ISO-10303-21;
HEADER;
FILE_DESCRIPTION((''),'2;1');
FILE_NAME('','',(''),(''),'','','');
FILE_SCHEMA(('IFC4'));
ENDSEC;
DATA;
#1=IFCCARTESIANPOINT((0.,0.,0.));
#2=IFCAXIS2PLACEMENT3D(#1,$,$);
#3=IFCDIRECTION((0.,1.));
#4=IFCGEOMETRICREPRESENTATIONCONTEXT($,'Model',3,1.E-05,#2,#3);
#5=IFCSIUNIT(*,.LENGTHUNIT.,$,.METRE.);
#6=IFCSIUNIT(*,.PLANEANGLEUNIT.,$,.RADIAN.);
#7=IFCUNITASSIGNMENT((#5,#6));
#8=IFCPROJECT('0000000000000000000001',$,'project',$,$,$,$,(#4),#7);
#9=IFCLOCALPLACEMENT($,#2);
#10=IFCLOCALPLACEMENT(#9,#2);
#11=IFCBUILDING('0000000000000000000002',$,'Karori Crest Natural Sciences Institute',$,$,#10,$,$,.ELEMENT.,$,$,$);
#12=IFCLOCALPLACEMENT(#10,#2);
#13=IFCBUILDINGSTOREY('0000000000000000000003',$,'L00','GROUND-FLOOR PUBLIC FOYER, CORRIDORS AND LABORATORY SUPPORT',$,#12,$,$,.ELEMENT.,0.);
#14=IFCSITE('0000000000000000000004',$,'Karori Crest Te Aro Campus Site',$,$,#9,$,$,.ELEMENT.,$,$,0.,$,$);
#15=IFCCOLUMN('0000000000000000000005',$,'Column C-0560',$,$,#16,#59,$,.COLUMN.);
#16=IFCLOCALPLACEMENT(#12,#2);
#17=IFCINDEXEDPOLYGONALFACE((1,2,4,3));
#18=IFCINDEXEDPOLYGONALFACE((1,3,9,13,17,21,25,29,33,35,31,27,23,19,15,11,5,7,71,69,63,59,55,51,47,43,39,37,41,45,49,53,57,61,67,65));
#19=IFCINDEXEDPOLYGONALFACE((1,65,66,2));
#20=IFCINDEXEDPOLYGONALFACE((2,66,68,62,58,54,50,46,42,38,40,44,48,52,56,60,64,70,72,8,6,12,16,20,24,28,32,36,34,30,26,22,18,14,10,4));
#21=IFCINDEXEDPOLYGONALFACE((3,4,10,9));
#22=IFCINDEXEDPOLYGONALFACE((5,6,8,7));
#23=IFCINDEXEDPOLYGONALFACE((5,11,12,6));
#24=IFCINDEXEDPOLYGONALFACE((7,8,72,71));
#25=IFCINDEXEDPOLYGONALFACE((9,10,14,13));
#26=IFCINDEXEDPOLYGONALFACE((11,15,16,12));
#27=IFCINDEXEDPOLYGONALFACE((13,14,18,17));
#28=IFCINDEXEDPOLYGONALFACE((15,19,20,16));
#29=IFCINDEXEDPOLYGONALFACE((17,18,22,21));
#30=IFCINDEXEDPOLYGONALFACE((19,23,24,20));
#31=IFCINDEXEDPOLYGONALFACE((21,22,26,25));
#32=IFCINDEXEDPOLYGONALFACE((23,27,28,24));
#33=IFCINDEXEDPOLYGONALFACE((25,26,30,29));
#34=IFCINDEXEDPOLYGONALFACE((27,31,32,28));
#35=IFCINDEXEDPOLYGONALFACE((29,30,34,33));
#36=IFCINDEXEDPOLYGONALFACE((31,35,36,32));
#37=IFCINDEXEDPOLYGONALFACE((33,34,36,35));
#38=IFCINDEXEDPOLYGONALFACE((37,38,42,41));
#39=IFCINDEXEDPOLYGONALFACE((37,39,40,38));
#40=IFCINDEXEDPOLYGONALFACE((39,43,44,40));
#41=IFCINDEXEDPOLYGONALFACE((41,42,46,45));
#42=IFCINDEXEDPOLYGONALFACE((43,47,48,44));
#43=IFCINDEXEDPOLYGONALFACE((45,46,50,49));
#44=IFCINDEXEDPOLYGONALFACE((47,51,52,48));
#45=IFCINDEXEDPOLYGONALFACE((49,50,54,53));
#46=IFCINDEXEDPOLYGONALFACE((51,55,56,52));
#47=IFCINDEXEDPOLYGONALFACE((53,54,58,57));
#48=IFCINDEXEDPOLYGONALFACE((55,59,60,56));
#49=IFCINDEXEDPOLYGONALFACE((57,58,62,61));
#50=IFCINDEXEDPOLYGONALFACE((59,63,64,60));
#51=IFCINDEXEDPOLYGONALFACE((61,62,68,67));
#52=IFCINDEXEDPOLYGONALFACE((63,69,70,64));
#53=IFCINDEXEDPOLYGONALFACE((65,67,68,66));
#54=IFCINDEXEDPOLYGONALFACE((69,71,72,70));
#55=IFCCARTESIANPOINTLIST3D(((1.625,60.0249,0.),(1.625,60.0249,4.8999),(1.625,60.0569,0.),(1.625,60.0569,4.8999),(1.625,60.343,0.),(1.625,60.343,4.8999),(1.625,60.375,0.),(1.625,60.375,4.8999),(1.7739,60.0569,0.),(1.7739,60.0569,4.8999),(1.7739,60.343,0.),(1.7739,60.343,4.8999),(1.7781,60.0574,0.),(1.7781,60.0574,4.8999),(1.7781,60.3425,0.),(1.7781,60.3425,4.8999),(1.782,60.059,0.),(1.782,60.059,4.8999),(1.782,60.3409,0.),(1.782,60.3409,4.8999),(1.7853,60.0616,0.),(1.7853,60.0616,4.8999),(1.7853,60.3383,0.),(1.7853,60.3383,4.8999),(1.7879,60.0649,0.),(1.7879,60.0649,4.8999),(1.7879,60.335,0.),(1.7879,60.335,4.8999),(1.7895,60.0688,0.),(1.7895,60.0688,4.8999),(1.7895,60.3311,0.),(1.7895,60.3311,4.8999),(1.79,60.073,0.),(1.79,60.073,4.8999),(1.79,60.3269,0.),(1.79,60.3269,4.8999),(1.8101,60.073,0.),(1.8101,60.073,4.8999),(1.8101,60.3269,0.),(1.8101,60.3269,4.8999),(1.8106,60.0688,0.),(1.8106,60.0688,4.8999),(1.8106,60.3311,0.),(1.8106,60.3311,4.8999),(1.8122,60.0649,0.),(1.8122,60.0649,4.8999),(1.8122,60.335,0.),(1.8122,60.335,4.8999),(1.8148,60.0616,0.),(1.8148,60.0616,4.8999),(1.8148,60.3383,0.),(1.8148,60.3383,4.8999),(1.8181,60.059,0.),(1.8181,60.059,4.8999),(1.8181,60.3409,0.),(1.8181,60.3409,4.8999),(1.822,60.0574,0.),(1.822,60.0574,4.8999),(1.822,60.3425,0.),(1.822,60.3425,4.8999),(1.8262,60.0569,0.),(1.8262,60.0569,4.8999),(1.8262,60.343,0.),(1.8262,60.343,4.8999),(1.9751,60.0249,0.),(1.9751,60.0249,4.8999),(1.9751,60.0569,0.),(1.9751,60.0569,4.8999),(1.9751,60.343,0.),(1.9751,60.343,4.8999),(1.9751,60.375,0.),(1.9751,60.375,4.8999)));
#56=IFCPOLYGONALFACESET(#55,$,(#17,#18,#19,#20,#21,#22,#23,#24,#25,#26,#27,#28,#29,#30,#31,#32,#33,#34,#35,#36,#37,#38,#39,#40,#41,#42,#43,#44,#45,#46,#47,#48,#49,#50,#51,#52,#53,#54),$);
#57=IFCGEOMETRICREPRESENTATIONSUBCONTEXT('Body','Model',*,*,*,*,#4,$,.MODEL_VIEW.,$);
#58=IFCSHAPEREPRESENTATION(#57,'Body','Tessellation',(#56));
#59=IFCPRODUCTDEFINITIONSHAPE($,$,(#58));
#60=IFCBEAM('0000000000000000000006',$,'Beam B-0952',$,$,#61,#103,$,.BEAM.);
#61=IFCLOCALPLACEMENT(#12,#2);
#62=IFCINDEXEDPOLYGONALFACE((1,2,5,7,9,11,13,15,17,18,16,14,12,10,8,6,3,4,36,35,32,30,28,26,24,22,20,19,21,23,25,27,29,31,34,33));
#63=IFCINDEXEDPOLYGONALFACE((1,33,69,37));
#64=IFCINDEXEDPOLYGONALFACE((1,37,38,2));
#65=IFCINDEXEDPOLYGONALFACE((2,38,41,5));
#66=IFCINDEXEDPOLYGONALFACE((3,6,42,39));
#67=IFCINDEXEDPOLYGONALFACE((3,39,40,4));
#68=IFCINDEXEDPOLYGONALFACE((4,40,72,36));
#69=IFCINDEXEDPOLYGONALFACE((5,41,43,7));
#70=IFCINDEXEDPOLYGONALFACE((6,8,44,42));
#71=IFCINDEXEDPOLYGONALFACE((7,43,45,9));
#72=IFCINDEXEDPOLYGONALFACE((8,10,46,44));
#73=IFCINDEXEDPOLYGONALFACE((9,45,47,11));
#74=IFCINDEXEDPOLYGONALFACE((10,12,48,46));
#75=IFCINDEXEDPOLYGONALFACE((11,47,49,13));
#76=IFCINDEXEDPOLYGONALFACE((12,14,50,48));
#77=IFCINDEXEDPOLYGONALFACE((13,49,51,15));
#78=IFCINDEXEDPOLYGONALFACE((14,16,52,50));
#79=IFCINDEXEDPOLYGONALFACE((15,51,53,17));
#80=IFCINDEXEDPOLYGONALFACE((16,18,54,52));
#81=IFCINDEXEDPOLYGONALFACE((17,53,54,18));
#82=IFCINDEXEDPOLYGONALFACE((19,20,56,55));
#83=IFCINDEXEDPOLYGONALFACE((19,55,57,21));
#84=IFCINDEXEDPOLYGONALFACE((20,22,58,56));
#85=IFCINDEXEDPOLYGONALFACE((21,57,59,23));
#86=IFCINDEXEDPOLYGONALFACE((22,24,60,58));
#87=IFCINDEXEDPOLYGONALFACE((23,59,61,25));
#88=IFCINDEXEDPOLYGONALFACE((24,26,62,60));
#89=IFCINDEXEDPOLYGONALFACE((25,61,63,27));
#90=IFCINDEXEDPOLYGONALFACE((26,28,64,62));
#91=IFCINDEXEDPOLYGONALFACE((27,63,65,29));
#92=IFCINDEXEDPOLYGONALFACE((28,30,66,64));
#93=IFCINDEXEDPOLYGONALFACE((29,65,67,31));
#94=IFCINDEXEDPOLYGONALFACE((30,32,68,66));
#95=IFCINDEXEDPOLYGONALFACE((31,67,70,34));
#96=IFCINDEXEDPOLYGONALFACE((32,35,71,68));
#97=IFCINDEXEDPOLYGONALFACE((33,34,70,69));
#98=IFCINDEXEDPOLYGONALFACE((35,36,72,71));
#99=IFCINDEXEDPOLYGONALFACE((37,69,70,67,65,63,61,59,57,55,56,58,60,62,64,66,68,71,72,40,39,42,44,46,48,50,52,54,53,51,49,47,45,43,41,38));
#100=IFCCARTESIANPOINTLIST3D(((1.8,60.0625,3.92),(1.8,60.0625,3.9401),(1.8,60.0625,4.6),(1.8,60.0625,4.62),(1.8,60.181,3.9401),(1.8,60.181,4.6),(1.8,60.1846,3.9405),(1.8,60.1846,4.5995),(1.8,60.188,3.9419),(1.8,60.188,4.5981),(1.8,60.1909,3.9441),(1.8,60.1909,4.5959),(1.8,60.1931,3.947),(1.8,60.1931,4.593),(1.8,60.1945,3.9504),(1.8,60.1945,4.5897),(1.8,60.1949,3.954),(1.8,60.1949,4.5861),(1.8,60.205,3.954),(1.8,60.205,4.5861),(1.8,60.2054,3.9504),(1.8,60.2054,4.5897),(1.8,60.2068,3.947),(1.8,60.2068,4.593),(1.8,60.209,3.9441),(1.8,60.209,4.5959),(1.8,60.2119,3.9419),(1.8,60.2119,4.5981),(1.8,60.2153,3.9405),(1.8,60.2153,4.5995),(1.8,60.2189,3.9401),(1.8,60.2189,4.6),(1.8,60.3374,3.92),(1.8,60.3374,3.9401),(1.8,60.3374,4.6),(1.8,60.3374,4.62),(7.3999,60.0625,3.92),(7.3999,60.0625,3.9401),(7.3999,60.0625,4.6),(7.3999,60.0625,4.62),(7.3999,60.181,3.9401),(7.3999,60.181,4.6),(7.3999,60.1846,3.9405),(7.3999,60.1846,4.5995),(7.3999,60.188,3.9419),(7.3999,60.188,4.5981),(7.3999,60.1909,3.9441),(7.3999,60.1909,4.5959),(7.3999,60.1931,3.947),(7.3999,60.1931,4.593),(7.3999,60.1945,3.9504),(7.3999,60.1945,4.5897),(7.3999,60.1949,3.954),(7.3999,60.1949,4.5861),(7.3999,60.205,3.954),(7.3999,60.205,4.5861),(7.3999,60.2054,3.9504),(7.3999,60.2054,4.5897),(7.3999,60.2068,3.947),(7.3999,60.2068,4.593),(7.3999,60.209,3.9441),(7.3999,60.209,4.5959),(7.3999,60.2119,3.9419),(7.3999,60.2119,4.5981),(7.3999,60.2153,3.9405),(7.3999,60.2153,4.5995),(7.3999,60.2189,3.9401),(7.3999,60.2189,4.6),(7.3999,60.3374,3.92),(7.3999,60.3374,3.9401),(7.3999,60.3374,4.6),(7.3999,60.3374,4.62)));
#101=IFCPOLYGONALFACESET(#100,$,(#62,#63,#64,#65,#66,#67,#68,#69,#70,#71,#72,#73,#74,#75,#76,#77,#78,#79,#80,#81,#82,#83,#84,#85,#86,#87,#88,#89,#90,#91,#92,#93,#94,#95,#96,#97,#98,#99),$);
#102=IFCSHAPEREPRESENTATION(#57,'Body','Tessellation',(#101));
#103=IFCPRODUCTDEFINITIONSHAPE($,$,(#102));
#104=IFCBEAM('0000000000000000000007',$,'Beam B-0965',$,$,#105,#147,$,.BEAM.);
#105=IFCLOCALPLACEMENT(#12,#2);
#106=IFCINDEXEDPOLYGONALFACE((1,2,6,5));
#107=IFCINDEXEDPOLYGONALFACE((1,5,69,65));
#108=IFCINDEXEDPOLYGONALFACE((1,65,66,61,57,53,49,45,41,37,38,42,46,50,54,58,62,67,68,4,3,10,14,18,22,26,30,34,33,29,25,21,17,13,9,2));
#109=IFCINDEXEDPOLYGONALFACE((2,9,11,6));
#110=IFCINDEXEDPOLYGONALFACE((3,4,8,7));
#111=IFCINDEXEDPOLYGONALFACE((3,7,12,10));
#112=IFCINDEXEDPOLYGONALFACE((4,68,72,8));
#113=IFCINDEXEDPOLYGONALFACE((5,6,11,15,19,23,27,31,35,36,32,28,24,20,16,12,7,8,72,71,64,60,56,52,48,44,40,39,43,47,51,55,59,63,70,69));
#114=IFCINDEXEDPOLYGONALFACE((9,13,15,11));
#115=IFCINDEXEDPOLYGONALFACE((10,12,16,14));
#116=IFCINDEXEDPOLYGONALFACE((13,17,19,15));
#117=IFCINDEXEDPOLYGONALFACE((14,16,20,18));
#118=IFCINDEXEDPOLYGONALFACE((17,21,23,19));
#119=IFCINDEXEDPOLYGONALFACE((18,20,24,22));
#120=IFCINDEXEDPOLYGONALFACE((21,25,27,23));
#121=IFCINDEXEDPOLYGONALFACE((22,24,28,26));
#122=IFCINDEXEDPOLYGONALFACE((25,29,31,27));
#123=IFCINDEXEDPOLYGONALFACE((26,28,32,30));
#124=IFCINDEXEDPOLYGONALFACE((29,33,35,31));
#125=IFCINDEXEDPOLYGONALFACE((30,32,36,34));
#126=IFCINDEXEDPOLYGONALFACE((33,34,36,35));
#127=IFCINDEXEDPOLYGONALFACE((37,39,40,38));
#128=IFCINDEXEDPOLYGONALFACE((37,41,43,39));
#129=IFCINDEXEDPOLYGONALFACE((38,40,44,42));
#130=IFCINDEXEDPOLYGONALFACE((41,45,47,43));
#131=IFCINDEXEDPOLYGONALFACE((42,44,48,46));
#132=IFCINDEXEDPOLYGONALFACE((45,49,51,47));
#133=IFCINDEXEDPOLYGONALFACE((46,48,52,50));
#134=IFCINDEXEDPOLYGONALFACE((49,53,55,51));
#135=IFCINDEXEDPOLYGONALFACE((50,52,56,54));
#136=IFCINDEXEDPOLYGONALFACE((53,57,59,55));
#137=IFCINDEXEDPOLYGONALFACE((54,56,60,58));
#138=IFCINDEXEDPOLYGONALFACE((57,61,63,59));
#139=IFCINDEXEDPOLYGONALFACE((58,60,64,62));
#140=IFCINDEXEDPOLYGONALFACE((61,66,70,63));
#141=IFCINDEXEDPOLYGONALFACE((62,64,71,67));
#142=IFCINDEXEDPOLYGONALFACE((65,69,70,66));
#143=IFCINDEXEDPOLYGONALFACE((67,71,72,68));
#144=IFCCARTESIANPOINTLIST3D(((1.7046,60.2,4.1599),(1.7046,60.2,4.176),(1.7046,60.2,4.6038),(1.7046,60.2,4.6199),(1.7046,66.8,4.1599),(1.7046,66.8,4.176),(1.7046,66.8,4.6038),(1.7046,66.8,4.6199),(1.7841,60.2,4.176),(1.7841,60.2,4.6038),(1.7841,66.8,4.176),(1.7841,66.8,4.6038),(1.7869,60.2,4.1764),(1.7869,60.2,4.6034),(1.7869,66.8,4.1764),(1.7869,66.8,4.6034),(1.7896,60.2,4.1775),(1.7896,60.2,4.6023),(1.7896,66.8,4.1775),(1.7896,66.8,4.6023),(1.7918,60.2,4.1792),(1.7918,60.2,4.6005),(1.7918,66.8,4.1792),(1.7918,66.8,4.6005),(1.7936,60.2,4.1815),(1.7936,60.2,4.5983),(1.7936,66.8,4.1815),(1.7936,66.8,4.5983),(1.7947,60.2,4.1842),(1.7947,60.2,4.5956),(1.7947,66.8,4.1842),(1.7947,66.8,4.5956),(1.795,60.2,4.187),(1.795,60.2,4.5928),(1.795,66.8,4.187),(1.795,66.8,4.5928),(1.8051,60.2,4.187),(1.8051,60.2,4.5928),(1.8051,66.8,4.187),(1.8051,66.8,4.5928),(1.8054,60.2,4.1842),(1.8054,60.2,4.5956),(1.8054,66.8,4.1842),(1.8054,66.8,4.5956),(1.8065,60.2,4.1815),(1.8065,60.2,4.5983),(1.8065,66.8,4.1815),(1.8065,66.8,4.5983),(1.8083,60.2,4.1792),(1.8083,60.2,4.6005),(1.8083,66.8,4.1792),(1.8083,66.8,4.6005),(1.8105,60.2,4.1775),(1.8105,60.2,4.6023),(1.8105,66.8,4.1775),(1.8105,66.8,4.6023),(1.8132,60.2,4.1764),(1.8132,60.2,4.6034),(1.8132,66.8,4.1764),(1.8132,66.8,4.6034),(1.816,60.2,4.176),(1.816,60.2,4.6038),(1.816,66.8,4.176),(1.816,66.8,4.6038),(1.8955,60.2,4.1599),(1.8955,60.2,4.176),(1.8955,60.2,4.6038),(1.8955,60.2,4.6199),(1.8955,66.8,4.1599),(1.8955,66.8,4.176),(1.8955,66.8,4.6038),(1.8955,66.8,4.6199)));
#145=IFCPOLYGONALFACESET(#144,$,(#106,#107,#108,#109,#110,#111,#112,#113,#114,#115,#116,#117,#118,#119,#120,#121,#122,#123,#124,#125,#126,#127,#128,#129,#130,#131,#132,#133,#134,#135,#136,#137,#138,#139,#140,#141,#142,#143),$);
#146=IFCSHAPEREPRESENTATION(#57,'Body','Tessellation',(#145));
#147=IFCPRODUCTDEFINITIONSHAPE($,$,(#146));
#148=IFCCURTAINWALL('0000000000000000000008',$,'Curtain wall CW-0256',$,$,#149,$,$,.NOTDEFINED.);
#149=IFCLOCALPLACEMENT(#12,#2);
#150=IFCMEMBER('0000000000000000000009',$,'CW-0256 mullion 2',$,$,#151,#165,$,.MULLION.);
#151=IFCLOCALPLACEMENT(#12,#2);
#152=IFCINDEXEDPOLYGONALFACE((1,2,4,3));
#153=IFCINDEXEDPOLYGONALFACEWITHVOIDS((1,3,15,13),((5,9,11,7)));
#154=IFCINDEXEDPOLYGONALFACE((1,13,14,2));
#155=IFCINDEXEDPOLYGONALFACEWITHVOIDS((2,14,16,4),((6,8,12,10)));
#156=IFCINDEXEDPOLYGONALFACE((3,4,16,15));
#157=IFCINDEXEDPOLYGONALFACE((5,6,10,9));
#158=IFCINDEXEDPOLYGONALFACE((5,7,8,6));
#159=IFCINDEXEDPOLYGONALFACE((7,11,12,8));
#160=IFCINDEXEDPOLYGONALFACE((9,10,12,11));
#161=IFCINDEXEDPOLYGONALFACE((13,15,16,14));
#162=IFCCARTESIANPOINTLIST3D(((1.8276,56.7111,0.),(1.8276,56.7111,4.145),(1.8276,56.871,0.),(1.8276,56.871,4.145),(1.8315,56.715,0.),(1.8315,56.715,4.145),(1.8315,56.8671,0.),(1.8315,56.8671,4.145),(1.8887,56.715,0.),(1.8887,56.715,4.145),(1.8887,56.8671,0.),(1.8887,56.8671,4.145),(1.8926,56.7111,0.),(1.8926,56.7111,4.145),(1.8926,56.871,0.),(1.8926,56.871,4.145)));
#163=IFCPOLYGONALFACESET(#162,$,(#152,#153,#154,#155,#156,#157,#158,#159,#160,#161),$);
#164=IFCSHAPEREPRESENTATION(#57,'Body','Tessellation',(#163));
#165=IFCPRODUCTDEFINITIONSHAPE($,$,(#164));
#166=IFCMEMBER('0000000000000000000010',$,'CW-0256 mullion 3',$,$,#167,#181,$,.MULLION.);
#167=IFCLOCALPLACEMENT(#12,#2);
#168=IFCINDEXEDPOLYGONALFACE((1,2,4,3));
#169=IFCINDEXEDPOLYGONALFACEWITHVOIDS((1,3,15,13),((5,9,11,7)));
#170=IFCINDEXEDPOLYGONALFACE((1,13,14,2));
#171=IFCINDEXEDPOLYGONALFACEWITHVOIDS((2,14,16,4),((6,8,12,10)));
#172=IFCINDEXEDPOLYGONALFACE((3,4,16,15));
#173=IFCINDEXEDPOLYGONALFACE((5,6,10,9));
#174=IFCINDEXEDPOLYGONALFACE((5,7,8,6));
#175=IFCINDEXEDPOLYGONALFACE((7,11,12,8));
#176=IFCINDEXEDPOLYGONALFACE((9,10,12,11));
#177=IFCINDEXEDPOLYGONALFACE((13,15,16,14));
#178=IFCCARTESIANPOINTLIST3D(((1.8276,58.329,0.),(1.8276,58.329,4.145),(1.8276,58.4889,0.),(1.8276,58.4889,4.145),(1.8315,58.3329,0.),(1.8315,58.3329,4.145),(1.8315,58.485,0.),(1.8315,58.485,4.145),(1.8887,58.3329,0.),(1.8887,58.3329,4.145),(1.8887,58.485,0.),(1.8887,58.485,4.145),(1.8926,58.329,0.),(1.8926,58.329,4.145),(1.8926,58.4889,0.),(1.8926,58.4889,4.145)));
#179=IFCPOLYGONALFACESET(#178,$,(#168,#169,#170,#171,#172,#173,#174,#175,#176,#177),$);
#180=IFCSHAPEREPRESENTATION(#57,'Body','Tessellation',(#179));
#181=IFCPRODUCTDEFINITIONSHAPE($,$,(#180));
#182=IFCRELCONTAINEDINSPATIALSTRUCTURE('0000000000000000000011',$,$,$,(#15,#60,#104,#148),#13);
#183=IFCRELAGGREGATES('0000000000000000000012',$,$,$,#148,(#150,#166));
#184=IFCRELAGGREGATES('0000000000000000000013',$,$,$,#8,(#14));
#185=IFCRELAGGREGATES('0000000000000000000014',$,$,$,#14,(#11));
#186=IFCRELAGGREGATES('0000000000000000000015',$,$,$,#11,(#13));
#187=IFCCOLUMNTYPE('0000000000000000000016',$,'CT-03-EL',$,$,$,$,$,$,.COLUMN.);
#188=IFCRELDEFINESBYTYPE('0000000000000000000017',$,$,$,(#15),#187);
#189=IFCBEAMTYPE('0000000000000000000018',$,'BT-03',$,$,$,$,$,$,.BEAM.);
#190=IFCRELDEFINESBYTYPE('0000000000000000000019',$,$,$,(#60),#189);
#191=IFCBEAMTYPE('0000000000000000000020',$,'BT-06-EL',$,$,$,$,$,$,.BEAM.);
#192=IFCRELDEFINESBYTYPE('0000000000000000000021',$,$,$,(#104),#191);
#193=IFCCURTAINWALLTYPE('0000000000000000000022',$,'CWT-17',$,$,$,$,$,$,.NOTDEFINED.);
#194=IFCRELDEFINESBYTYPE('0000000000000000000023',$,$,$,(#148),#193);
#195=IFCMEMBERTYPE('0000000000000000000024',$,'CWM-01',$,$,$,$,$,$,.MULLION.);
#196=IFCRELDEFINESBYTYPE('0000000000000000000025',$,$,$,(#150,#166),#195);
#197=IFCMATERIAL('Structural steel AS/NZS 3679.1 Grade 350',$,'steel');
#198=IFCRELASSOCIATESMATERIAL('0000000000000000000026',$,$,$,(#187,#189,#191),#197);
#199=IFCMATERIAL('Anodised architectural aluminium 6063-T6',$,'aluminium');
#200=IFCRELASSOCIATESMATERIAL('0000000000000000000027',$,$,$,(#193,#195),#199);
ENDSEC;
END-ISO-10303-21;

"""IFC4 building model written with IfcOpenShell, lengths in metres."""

from ifc_helpers import new_model, si_unit, direction, frame, origin, origin_2d, place, context, subcontext, project, spatial, hollow_rectangle, i_section, extrude, material, material_profile, profile_set, type_object, element, aggregate, save


model = new_model("IFC4")

# Units and contexts
model_context = context("Model", 3, precision=1e-05, world=origin(), true_north=direction((0.0, 1.0)))
body_context = subcontext(model_context, "Body", "Model", "MODEL_VIEW")
ifc_project = project(units=[si_unit("LENGTHUNIT", "METRE"), si_unit("PLANEANGLEUNIT", "RADIAN")], contexts=[model_context])

# Site, building, storey
site_placement = place(None, origin())
site = spatial("IfcSite", under=ifc_project, at=site_placement, Name="Karori Crest Te Aro Campus Site", CompositionType="ELEMENT", RefElevation=0.0)
building_placement = place(site_placement, origin())
building = spatial("IfcBuilding", under=site, at=building_placement, Name="Karori Crest Natural Sciences Institute", CompositionType="ELEMENT")
storey_placement = place(building_placement, origin())
storey = spatial("IfcBuildingStorey", under=building, at=storey_placement, Name="L00", Description="GROUND-FLOOR PUBLIC FOYER, CORRIDORS AND LABORATORY SUPPORT", CompositionType="ELEMENT", Elevation=0.0)

# Column
ifc_material_1 = material(Name="Structural steel AS/NZS 3679.1 Grade 350", Category="steel")
ifc_material_profile_1 = material_profile(ifc_material_1, i_section(OverallWidth=0.3501, OverallDepth=0.3501, WebThickness=0.02, FlangeThickness=0.032, FilletRadius=0.0161, at=origin_2d()), Name="350WC280")
ifc_profile_set_1 = profile_set([ifc_material_profile_1], Name="Structural steel AS/NZS 3679.1 Grade 350")
column_type = type_object("IfcColumnType", Name="CT-03-EL", PredefinedType="COLUMN", material=ifc_profile_set_1)
column_placement = place(storey_placement, frame((1.8, 60.2, 0.0), z_axis=(0.0, 0.0, 1.0), x_axis=(1.0, 0.0, 0.0)))
element("IfcColumn", 1, at=column_placement, inside=storey, type_object=column_type, Name="Column C-0560", PredefinedType="COLUMN", context=body_context, shape_type="SweptSolid", body=[
    extrude(i_section(OverallWidth=0.3501, OverallDepth=0.3501, WebThickness=0.02, FlangeThickness=0.032, FilletRadius=0.0161, at=origin_2d()), origin(), (0.0, 0.0, 1.0), 4.8999),
])

# Beams
ifc_material_profile_2 = material_profile(ifc_material_1, i_section(OverallWidth=0.2749, OverallDepth=0.7, WebThickness=0.01, FlangeThickness=0.02, FilletRadius=0.0139, at=origin_2d()), Name="700WB150")
ifc_profile_set_2 = profile_set([ifc_material_profile_2], Name="Structural steel AS/NZS 3679.1 Grade 350")
beam_type_1 = type_object("IfcBeamType", Name="BT-03", PredefinedType="BEAM", material=ifc_profile_set_2)
beam_1_placement = place(storey_placement, frame((1.8, 60.2, 4.27), z_axis=(1.0, 0.0, 0.0), x_axis=(0.0, 1.0, 0.0)))
element("IfcBeam", 2, at=beam_1_placement, inside=storey, type_object=beam_type_1, Name="Beam B-0952", PredefinedType="BEAM", context=body_context, shape_type="SweptSolid", body=[
    extrude(i_section(OverallWidth=0.2749, OverallDepth=0.7, WebThickness=0.01, FlangeThickness=0.02, FilletRadius=0.0139, at=origin_2d()), origin(), (0.0, 0.0, 1.0), 5.5999),
])
ifc_material_profile_3 = material_profile(ifc_material_1, i_section(OverallWidth=0.1909, OverallDepth=0.46, WebThickness=0.01, FlangeThickness=0.0161, FilletRadius=0.011, at=origin_2d()), Name="460UB82.1")
ifc_profile_set_3 = profile_set([ifc_material_profile_3], Name="Structural steel AS/NZS 3679.1 Grade 350")
beam_type_2 = type_object("IfcBeamType", Name="BT-06-EL", PredefinedType="BEAM", material=ifc_profile_set_3)
beam_2_placement = place(storey_placement, frame((1.8, 60.2, 4.3899), z_axis=(0.0, 1.0, 0.0), x_axis=(-1.0, 0.0, 0.0)))
element("IfcBeam", 3, at=beam_2_placement, inside=storey, type_object=beam_type_2, Name="Beam B-0965", PredefinedType="BEAM", context=body_context, shape_type="SweptSolid", body=[
    extrude(i_section(OverallWidth=0.1909, OverallDepth=0.46, WebThickness=0.01, FlangeThickness=0.0161, FilletRadius=0.011, at=origin_2d()), origin(), (0.0, 0.0, 1.0), 6.6001),
])

# Curtain wall, members
ifc_material_2 = material(Name="Anodised architectural aluminium 6063-T6", Category="aluminium")
curtain_wall_type = type_object("IfcCurtainWallType", Name="CWT-17", PredefinedType="NOTDEFINED", material=ifc_material_2)
curtain_wall_1_placement = place(storey_placement, origin())
curtain_wall_1 = element("IfcCurtainWall", 4, at=curtain_wall_1_placement, inside=storey, type_object=curtain_wall_type, Name="Curtain wall CW-0256", PredefinedType="NOTDEFINED")
ifc_material_profile_4 = material_profile(ifc_material_2, hollow_rectangle(XDim=0.0649, YDim=0.1599, WallThickness=0.0039, at=origin_2d()), Name="CWM160x65x4")
ifc_profile_set_4 = profile_set([ifc_material_profile_4], Name="Anodised architectural aluminium 6063-T6")
member_type_1 = type_object("IfcMemberType", Name="CWM-01", PredefinedType="MULLION", material=ifc_profile_set_4)
member_1_placement = place(storey_placement, frame((1.8601, 56.791, 0.0), z_axis=(0.0, 0.0, 1.0), x_axis=(-1.0, 0.0, 0.0)))
member_1 = element("IfcMember", 5, at=member_1_placement, type_object=member_type_1, Name="CW-0256 mullion 2", PredefinedType="MULLION", context=body_context, shape_type="SweptSolid", body=[
    extrude(hollow_rectangle(XDim=0.0649, YDim=0.1599, WallThickness=0.0039, at=origin_2d()), origin(), (0.0, 0.0, 1.0), 4.145),
])
member_2_placement = place(storey_placement, frame((1.8601, 58.4089, 0.0), z_axis=(0.0, 0.0, 1.0), x_axis=(-1.0, 0.0, 0.0)))
member_2 = element("IfcMember", 6, at=member_2_placement, type_object=member_type_1, Name="CW-0256 mullion 3", PredefinedType="MULLION", context=body_context, shape_type="SweptSolid", body=[
    extrude(hollow_rectangle(XDim=0.0649, YDim=0.1599, WallThickness=0.0039, at=origin_2d()), origin(), (0.0, 0.0, 1.0), 4.145),
])

aggregate(curtain_wall_1, [member_1, member_2])

save(model, "model.ifc")
